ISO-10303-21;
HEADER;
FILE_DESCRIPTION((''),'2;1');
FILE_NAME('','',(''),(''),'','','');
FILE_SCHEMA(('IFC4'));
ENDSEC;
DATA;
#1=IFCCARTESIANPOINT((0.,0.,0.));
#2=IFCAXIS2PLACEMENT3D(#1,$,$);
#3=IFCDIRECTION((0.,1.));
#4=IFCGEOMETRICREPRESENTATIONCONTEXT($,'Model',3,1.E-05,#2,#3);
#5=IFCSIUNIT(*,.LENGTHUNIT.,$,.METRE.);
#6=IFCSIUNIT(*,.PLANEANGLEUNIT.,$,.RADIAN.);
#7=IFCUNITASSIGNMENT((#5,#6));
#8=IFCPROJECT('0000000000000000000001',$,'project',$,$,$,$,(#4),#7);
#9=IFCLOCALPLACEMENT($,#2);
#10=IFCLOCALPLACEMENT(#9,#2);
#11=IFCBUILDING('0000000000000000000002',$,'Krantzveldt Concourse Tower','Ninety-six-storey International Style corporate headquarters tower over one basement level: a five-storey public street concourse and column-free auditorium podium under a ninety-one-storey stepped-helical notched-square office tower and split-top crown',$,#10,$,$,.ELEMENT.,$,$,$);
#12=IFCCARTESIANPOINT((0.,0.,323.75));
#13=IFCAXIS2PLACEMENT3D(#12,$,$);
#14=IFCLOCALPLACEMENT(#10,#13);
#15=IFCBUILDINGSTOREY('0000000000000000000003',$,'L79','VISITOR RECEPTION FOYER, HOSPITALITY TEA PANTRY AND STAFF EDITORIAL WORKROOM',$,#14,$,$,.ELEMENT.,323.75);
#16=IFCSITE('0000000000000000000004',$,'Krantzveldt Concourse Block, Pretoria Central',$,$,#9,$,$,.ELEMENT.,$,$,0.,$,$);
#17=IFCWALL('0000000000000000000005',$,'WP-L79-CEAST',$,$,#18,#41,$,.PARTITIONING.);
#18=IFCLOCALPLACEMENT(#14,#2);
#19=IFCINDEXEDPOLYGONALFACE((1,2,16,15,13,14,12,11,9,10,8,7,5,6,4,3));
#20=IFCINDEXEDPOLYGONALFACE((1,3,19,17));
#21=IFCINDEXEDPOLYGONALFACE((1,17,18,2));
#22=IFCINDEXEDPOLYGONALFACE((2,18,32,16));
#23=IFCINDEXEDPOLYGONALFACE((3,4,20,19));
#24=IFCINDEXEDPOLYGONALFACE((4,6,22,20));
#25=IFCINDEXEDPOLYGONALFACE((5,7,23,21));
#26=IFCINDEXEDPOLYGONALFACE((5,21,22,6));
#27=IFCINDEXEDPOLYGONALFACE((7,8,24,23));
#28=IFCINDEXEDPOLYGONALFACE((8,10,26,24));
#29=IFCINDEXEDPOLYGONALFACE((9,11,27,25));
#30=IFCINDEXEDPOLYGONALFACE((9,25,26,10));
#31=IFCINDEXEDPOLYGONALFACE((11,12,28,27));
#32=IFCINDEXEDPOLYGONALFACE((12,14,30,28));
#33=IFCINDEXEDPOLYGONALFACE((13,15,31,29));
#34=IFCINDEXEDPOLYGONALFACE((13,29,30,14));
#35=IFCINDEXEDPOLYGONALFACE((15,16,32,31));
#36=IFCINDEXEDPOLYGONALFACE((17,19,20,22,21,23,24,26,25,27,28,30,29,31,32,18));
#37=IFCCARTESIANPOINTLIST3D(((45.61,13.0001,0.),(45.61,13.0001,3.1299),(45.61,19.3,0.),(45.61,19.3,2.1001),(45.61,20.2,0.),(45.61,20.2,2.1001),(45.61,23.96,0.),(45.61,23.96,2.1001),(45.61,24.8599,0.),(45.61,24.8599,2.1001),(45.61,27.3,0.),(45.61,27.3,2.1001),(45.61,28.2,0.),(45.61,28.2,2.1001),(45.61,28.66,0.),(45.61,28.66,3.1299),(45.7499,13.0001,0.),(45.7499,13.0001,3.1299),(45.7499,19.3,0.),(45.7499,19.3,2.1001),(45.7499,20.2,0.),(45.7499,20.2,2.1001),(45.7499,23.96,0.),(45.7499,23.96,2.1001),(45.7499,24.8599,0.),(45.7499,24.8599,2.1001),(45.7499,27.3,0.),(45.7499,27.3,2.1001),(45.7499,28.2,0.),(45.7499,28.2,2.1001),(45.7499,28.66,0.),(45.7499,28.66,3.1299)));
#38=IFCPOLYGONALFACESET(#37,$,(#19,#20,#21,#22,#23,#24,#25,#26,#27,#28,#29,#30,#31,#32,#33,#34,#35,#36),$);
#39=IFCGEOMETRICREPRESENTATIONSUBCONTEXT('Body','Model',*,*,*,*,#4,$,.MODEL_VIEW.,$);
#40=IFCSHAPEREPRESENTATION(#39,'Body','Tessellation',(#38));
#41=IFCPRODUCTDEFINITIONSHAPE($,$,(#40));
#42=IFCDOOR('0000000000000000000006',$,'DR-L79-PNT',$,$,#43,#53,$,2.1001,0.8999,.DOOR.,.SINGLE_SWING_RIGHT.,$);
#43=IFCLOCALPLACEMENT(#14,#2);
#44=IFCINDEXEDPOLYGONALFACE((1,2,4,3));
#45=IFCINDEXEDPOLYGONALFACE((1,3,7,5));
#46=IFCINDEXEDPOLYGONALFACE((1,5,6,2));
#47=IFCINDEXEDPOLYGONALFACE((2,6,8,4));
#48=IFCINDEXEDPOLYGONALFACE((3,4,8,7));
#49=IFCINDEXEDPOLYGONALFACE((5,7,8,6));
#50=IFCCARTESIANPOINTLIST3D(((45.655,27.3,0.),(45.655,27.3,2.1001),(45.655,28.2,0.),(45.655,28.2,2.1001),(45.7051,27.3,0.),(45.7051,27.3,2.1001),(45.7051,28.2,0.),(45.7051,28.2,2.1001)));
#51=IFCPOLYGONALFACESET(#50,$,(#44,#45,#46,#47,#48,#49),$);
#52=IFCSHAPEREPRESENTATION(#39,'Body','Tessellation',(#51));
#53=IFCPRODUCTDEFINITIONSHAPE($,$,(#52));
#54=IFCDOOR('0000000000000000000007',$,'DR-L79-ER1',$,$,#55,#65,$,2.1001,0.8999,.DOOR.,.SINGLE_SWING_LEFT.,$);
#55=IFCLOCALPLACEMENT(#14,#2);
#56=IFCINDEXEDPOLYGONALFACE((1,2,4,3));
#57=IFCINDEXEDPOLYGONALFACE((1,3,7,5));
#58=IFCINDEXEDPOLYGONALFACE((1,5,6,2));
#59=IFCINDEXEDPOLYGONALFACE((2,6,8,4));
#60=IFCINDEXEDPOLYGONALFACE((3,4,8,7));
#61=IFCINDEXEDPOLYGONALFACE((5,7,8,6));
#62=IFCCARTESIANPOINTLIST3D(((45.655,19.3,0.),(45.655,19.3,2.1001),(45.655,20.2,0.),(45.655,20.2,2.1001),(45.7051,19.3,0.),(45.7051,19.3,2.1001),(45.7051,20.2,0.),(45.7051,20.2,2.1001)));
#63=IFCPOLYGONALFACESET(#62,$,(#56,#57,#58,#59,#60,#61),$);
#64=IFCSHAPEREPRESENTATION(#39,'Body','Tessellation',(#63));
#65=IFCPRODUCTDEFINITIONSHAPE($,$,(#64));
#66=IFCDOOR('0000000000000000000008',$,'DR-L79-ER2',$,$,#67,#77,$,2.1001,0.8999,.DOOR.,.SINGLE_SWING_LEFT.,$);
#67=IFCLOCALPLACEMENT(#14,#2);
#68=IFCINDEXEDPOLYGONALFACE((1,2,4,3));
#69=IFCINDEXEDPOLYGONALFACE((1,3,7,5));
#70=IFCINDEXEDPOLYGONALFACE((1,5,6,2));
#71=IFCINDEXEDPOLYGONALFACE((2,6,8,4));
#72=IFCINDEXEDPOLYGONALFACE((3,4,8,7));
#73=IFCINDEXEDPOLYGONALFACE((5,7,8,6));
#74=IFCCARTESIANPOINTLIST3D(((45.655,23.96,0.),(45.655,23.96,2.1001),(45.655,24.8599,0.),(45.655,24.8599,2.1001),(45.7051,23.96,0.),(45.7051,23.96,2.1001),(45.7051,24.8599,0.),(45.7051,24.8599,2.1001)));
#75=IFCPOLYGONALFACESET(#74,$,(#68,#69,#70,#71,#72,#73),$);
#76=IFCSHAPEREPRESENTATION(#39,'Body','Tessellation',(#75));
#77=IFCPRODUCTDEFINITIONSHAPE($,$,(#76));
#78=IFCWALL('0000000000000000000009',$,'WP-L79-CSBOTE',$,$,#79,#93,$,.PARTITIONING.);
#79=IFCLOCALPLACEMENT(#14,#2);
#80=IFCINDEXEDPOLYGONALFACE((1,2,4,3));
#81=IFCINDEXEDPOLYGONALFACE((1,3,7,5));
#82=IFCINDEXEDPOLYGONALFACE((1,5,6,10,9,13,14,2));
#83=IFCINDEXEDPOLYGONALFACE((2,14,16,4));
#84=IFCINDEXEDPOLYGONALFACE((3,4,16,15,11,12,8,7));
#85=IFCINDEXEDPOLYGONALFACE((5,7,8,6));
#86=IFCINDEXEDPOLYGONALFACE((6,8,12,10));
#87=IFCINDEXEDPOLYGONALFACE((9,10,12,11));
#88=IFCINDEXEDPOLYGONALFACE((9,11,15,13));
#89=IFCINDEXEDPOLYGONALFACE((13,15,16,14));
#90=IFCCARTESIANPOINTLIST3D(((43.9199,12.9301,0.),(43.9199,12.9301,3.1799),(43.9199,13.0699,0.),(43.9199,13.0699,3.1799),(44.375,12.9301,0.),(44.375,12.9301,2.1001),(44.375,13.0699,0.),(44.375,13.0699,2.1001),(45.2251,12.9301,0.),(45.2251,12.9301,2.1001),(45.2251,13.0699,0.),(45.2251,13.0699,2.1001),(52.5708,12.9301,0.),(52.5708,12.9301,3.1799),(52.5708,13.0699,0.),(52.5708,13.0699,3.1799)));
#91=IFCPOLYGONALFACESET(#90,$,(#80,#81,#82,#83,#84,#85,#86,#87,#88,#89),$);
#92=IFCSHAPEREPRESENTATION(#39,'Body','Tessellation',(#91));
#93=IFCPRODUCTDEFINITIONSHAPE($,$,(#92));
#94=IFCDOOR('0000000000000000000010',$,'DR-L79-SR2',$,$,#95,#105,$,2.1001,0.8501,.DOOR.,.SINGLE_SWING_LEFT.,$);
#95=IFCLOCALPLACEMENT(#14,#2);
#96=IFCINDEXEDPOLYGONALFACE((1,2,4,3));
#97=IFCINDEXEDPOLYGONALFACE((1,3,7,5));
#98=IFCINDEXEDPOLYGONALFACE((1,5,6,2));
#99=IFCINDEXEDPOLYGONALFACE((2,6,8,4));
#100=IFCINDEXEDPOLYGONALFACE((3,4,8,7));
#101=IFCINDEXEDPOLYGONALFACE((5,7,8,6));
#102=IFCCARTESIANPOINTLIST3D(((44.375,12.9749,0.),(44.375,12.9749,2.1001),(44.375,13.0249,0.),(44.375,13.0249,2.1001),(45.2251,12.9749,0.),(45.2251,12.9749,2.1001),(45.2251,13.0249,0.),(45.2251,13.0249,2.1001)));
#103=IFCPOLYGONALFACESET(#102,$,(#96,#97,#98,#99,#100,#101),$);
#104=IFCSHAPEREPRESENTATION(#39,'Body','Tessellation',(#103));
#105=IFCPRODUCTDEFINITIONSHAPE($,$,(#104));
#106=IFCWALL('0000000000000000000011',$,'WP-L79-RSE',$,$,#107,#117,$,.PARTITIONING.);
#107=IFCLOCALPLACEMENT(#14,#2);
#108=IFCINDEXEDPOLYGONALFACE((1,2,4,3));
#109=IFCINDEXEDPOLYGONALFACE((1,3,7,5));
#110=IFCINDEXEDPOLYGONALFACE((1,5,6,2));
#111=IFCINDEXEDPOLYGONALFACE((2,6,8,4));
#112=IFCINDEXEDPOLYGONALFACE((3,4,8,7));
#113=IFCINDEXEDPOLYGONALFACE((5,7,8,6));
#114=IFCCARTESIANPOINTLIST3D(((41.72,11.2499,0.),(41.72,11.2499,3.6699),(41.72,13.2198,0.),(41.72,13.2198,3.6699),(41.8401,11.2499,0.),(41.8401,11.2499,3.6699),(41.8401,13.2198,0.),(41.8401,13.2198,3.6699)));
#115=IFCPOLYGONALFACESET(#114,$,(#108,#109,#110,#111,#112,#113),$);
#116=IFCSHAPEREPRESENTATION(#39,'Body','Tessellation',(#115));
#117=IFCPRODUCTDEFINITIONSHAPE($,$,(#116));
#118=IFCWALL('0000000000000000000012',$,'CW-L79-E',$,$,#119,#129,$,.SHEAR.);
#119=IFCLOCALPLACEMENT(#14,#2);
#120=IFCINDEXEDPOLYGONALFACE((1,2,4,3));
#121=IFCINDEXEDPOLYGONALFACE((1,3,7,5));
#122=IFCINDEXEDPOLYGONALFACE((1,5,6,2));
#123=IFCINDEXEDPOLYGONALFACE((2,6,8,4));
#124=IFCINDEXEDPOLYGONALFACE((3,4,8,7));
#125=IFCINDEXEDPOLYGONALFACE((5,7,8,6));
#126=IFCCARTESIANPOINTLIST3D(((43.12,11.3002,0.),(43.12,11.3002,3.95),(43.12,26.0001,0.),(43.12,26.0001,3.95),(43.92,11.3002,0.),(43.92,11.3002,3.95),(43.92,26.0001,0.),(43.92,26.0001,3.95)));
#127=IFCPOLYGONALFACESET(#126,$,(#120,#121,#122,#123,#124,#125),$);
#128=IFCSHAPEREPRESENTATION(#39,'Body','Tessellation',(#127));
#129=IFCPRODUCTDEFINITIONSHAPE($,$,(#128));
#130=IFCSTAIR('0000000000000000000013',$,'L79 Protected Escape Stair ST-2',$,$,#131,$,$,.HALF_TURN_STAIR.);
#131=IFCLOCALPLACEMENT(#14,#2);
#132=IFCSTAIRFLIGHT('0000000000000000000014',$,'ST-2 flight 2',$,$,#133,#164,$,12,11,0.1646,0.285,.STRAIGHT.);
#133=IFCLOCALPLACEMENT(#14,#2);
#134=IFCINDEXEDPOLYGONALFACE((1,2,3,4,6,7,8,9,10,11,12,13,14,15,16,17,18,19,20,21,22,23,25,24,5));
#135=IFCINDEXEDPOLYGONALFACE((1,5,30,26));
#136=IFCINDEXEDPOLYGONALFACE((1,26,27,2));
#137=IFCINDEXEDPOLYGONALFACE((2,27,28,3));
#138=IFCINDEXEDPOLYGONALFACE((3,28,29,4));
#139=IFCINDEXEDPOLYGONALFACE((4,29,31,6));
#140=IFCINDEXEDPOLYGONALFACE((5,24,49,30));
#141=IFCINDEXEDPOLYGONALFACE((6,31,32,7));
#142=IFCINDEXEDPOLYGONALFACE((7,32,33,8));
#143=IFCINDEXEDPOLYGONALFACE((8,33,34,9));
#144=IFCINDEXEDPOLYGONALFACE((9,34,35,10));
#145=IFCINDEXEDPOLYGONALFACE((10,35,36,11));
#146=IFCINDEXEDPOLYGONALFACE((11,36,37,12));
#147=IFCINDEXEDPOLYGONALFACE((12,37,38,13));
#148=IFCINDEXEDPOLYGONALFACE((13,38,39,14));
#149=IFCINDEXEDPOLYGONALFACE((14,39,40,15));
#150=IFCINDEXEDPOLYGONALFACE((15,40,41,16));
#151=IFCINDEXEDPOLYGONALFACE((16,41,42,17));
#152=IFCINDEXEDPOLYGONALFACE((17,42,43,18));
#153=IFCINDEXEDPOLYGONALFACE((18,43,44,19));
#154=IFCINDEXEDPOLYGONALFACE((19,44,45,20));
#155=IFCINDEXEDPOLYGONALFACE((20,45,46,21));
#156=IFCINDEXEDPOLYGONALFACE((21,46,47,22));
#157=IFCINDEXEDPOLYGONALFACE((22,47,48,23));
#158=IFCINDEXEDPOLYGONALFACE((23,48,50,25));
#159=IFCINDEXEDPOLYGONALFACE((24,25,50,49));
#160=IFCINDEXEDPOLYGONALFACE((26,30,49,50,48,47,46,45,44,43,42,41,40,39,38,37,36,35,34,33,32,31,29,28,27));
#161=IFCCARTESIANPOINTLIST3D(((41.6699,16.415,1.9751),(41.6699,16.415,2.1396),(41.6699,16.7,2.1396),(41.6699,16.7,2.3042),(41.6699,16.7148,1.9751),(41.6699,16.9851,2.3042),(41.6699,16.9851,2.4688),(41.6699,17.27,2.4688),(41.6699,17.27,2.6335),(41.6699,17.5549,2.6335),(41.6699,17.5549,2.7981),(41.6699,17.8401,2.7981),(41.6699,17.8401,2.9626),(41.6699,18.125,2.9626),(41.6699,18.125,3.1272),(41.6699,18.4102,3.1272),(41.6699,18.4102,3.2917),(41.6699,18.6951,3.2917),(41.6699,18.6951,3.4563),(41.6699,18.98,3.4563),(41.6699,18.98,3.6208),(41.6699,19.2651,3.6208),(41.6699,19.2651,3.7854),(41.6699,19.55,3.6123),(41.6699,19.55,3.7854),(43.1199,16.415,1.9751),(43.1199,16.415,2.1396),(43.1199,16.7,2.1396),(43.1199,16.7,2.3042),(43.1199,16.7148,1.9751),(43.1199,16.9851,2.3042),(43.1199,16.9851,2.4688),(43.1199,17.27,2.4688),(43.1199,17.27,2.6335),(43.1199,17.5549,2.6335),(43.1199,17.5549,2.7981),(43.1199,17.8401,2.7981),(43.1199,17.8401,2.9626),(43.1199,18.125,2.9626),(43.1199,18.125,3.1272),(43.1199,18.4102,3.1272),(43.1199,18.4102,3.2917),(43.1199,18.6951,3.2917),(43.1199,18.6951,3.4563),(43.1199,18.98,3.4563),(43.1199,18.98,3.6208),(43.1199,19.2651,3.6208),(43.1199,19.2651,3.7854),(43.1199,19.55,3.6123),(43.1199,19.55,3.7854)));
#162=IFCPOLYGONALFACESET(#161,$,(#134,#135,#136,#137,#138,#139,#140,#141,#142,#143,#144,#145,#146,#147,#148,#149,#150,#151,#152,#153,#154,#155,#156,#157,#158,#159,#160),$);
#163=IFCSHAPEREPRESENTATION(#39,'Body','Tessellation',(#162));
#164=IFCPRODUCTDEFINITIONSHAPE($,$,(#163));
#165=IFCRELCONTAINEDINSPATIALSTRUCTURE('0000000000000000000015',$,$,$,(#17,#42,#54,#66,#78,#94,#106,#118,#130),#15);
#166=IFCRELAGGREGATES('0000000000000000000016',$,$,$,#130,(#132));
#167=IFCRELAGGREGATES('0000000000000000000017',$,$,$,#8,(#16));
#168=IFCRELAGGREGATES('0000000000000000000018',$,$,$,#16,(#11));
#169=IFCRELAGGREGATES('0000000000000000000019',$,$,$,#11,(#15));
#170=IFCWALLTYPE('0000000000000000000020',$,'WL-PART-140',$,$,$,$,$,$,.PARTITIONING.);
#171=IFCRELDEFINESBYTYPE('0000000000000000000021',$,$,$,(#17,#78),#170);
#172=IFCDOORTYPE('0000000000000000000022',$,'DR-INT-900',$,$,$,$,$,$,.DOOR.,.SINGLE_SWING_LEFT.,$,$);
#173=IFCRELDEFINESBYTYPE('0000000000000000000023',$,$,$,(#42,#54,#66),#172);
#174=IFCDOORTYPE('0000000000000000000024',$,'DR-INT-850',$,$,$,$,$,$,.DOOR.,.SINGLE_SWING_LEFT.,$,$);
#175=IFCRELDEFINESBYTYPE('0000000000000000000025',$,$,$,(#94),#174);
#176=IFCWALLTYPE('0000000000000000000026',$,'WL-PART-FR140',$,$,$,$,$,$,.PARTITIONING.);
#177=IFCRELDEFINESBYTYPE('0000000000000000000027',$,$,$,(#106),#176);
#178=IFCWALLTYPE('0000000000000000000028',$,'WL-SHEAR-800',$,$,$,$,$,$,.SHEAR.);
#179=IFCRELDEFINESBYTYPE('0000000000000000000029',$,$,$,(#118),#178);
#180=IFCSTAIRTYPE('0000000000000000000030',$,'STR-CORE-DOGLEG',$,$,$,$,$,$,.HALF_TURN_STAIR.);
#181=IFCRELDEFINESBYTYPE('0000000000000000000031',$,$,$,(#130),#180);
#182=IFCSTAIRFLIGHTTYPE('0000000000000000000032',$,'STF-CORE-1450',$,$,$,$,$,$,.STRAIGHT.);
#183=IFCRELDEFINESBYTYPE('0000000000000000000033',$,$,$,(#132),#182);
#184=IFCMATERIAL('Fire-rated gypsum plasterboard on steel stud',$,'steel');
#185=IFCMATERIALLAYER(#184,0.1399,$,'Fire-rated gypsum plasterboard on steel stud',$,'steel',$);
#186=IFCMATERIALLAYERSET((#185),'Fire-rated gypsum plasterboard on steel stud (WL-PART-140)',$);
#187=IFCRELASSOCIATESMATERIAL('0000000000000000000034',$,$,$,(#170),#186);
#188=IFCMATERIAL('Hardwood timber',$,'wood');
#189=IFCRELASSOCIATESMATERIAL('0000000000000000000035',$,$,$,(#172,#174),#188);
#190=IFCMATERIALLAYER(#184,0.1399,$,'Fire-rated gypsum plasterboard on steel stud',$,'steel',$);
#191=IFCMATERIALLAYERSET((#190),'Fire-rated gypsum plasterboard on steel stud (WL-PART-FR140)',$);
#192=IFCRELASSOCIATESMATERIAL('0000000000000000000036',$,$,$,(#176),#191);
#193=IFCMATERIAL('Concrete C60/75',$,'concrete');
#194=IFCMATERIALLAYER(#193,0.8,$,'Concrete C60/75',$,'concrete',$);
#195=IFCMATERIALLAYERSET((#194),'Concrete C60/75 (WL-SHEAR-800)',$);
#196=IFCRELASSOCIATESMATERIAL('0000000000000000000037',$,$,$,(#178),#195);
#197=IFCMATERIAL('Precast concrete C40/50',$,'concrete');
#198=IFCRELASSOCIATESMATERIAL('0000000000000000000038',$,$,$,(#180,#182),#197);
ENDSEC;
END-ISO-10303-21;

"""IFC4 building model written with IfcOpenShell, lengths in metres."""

from ifc_helpers import new_model, si_unit, direction, frame, frame_2d, origin, place, context, subcontext, project, spatial, polyline, rectangle, outline, extrude, material, layer, layer_set, type_object, element, fill, aggregate, save


model = new_model("IFC4")

# Units and contexts
model_context = context("Model", 3, precision=1e-05, world=origin(), true_north=direction((0.0, 1.0)))
body_context = subcontext(model_context, "Body", "Model", "MODEL_VIEW")
ifc_project = project(units=[si_unit("LENGTHUNIT", "METRE"), si_unit("PLANEANGLEUNIT", "RADIAN")], contexts=[model_context])

# Site, building, storey
site_placement = place(None, origin())
site = spatial("IfcSite", under=ifc_project, at=site_placement, Name="Krantzveldt Concourse Block, Pretoria Central", CompositionType="ELEMENT", RefElevation=0.0)
building_placement = place(site_placement, origin())
building = spatial("IfcBuilding", under=site, at=building_placement, Name="Krantzveldt Concourse Tower", Description="Ninety-six-storey International Style corporate headquarters tower over one basement level: a five-storey public street concourse and column-free auditorium podium under a ninety-one-storey stepped-helical notched-square office tower and split-top crown", CompositionType="ELEMENT")
storey_placement = place(building_placement, frame((0.0, 0.0, 323.75)))
storey = spatial("IfcBuildingStorey", under=building, at=storey_placement, Name="L79", Description="VISITOR RECEPTION FOYER, HOSPITALITY TEA PANTRY AND STAFF EDITORIAL WORKROOM", CompositionType="ELEMENT", Elevation=323.75)

# Wall, openings, doors
ifc_material_1 = material(Name="Fire-rated gypsum plasterboard on steel stud", Category="steel")
ifc_layer_1 = layer(ifc_material_1, 0.1399, Name="Fire-rated gypsum plasterboard on steel stud", Category="steel")
ifc_layer_set_1 = layer_set([ifc_layer_1], Name="Fire-rated gypsum plasterboard on steel stud (WL-PART-140)")
wall_type_1 = type_object("IfcWallType", Name="WL-PART-140", PredefinedType="PARTITIONING", material=ifc_layer_set_1)
wall_1_placement = place(storey_placement, frame((45.6799, 13.0, 0.0), z_axis=(0.0, 0.0, 1.0), x_axis=(0.0, 1.0, 0.0)))
wall_1 = element("IfcWall", 1, at=wall_1_placement, inside=storey, type_object=wall_type_1, Name="WP-L79-CEAST", PredefinedType="PARTITIONING", context=body_context, shape_type="SweptSolid", body=[
    extrude(rectangle(XDim=15.6599, YDim=0.1399, at=frame_2d((7.8301, 0.0))), origin(), (0.0, 0.0, 1.0), 3.1299),
])
opening_1_placement = place(wall_1_placement, frame((14.3, 0.0, 0.0)))
opening_1 = element("IfcOpeningElement", 2, at=opening_1_placement, cuts=wall_1, PredefinedType="OPENING", context=body_context, shape_type="SweptSolid", body=[
    extrude(rectangle(XDim=0.8999, YDim=2.1001, at=frame_2d((0.45, 1.05))), frame((0.0, 0.0801, 0.0), z_axis=(0.0, -1.0, 0.0), x_axis=(1.0, 0.0, 0.0)), (0.0, 0.0, 1.0), 0.1599),
])
opening_2_placement = place(wall_1_placement, frame((6.3, 0.0, 0.0)))
opening_2 = element("IfcOpeningElement", 3, at=opening_2_placement, cuts=wall_1, PredefinedType="OPENING", context=body_context, shape_type="SweptSolid", body=[
    extrude(rectangle(XDim=0.8999, YDim=2.1001, at=frame_2d((0.45, 1.05))), frame((0.0, 0.0801, 0.0), z_axis=(0.0, -1.0, 0.0), x_axis=(1.0, 0.0, 0.0)), (0.0, 0.0, 1.0), 0.1599),
])
opening_3_placement = place(wall_1_placement, frame((10.96, 0.0, 0.0)))
opening_3 = element("IfcOpeningElement", 4, at=opening_3_placement, cuts=wall_1, PredefinedType="OPENING", context=body_context, shape_type="SweptSolid", body=[
    extrude(rectangle(XDim=0.8999, YDim=2.1001, at=frame_2d((0.45, 1.05))), frame((0.0, 0.0801, 0.0), z_axis=(0.0, -1.0, 0.0), x_axis=(1.0, 0.0, 0.0)), (0.0, 0.0, 1.0), 0.1599),
])
ifc_material_2 = material(Name="Hardwood timber", Category="wood")
door_type_1 = type_object("IfcDoorType", Name="DR-INT-900", OperationType="SINGLE_SWING_LEFT", PredefinedType="DOOR", material=ifc_material_2)
door_1_placement = place(opening_1_placement, origin())
door_1 = element("IfcDoor", 5, at=door_1_placement, inside=storey, type_object=door_type_1, Name="DR-L79-PNT", OperationType="SINGLE_SWING_RIGHT", OverallHeight=2.1001, OverallWidth=0.8999, PredefinedType="DOOR", context=body_context, shape_type="SweptSolid", body=[
    extrude(rectangle(XDim=0.8999, YDim=2.1001, at=frame_2d((0.45, 1.05))), frame((0.0, 0.0249, 0.0), z_axis=(0.0, -1.0, 0.0), x_axis=(1.0, 0.0, 0.0)), (0.0, 0.0, 1.0), 0.05),
])
fill(opening_1, door_1)
door_2_placement = place(opening_2_placement, origin())
door_2 = element("IfcDoor", 6, at=door_2_placement, inside=storey, type_object=door_type_1, Name="DR-L79-ER1", OperationType="SINGLE_SWING_LEFT", OverallHeight=2.1001, OverallWidth=0.8999, PredefinedType="DOOR", context=body_context, shape_type="SweptSolid", body=[
    extrude(rectangle(XDim=0.8999, YDim=2.1001, at=frame_2d((0.45, 1.05))), frame((0.0, 0.0249, 0.0), z_axis=(0.0, -1.0, 0.0), x_axis=(1.0, 0.0, 0.0)), (0.0, 0.0, 1.0), 0.05),
])
fill(opening_2, door_2)
door_3_placement = place(opening_3_placement, origin())
door_3 = element("IfcDoor", 7, at=door_3_placement, inside=storey, type_object=door_type_1, Name="DR-L79-ER2", OperationType="SINGLE_SWING_LEFT", OverallHeight=2.1001, OverallWidth=0.8999, PredefinedType="DOOR", context=body_context, shape_type="SweptSolid", body=[
    extrude(rectangle(XDim=0.8999, YDim=2.1001, at=frame_2d((0.45, 1.05))), frame((0.0, 0.0249, 0.0), z_axis=(0.0, -1.0, 0.0), x_axis=(1.0, 0.0, 0.0)), (0.0, 0.0, 1.0), 0.05),
])
fill(opening_3, door_3)

# Wall, opening, door
wall_2_placement = place(storey_placement, frame((43.9199, 13.0, 0.0), z_axis=(0.0, 0.0, 1.0), x_axis=(1.0, 0.0, 0.0)))
wall_2 = element("IfcWall", 8, at=wall_2_placement, inside=storey, type_object=wall_type_1, Name="WP-L79-CSBOTE", PredefinedType="PARTITIONING", context=body_context, shape_type="SweptSolid", body=[
    extrude(rectangle(XDim=8.6509, YDim=0.1399, at=frame_2d((4.3254, 0.0))), origin(), (0.0, 0.0, 1.0), 3.1799),
])
opening_4_placement = place(wall_2_placement, frame((0.4551, 0.0, 0.0)))
opening_4 = element("IfcOpeningElement", 9, at=opening_4_placement, cuts=wall_2, PredefinedType="OPENING", context=body_context, shape_type="SweptSolid", body=[
    extrude(rectangle(XDim=0.8501, YDim=2.1001, at=frame_2d((0.425, 1.05))), frame((0.0, 0.0801, 0.0), z_axis=(0.0, -1.0, 0.0), x_axis=(1.0, 0.0, 0.0)), (0.0, 0.0, 1.0), 0.1599),
])
door_type_2 = type_object("IfcDoorType", Name="DR-INT-850", OperationType="SINGLE_SWING_LEFT", PredefinedType="DOOR", material=ifc_material_2)
door_4_placement = place(opening_4_placement, origin())
door_4 = element("IfcDoor", 10, at=door_4_placement, inside=storey, type_object=door_type_2, Name="DR-L79-SR2", OperationType="SINGLE_SWING_LEFT", OverallHeight=2.1001, OverallWidth=0.8501, PredefinedType="DOOR", context=body_context, shape_type="SweptSolid", body=[
    extrude(rectangle(XDim=0.8501, YDim=2.1001, at=frame_2d((0.425, 1.05))), frame((0.0, 0.0249, 0.0), z_axis=(0.0, -1.0, 0.0), x_axis=(1.0, 0.0, 0.0)), (0.0, 0.0, 1.0), 0.05),
])
fill(opening_4, door_4)

# Walls
ifc_layer_2 = layer(ifc_material_1, 0.1399, Name="Fire-rated gypsum plasterboard on steel stud", Category="steel")
ifc_layer_set_2 = layer_set([ifc_layer_2], Name="Fire-rated gypsum plasterboard on steel stud (WL-PART-FR140)")
wall_type_2 = type_object("IfcWallType", Name="WL-PART-FR140", PredefinedType="PARTITIONING", material=ifc_layer_set_2)
wall_3_placement = place(storey_placement, frame((41.78, 11.25, 0.0), z_axis=(0.0, 0.0, 1.0), x_axis=(0.0, 1.0, 0.0)))
element("IfcWall", 11, at=wall_3_placement, inside=storey, type_object=wall_type_2, Name="WP-L79-RSE", PredefinedType="PARTITIONING", context=body_context, shape_type="SweptSolid", body=[
    extrude(rectangle(XDim=1.97, YDim=0.1201, at=frame_2d((0.9849, 0.0))), origin(), (0.0, 0.0, 1.0), 3.6699),
])
ifc_material_3 = material(Name="Concrete C60/75", Category="concrete")
ifc_layer_3 = layer(ifc_material_3, 0.8, Name="Concrete C60/75", Category="concrete")
ifc_layer_set_3 = layer_set([ifc_layer_3], Name="Concrete C60/75 (WL-SHEAR-800)")
wall_type_3 = type_object("IfcWallType", Name="WL-SHEAR-800", PredefinedType="SHEAR", material=ifc_layer_set_3)
wall_4_placement = place(storey_placement, frame((43.52, 11.3, 0.0), z_axis=(0.0, 0.0, 1.0), x_axis=(0.0, 1.0, 0.0)))
element("IfcWall", 12, at=wall_4_placement, inside=storey, type_object=wall_type_3, Name="CW-L79-E", PredefinedType="SHEAR", context=body_context, shape_type="SweptSolid", body=[
    extrude(rectangle(XDim=14.7, YDim=0.8, at=frame_2d((7.3501, 0.0))), origin(), (0.0, 0.0, 1.0), 3.95),
])

# Stair, stair flight
ifc_material_4 = material(Name="Precast concrete C40/50", Category="concrete")
stair_type = type_object("IfcStairType", Name="STR-CORE-DOGLEG", PredefinedType="HALF_TURN_STAIR", material=ifc_material_4)
stair_placement = place(storey_placement, origin())
stair = element("IfcStair", 13, at=stair_placement, inside=storey, type_object=stair_type, Name="L79 Protected Escape Stair ST-2", PredefinedType="HALF_TURN_STAIR")
stair_flight_type = type_object("IfcStairFlightType", Name="STF-CORE-1450", PredefinedType="STRAIGHT", material=ifc_material_4)
stair_flight_placement = place(storey_placement, frame((42.395, 16.415, 1.9751), z_axis=(0.0, 0.0, 1.0), x_axis=(0.0, 1.0, 0.0)))
stair_flight = element("IfcStairFlight", 14, at=stair_flight_placement, type_object=stair_flight_type, Name="ST-2 flight 2", NumberOfRisers=12, NumberOfTreads=11, PredefinedType="STRAIGHT", RiserHeight=0.1646, TreadLength=0.285, context=body_context, shape_type="SweptSolid", body=[
    extrude(outline(polyline([(0.0, 0.0), (0.0, 0.1646), (0.2849, 0.1646), (0.2849, 0.3291), (0.5701, 0.3291), (0.5701, 0.4937), (0.855, 0.4937), (0.855, 0.6584), (1.1399, 0.6584), (1.1399, 0.823), (1.425, 0.823), (1.425, 0.9875), (1.71, 0.9875), (1.71, 1.1521), (1.9951, 1.1521), (1.9951, 1.3167), (2.28, 1.3167), (2.28, 1.4812), (2.5649, 1.4812), (2.5649, 1.6458), (2.8501, 1.6458), (2.8501, 1.8103), (3.135, 1.8103), (3.135, 1.9751), (3.135, 1.6372), (0.2998, 0.0), (0.0, 0.0)])), frame((0.0, 0.7251, 0.0), z_axis=(0.0, -1.0, 0.0), x_axis=(1.0, 0.0, 0.0)), (0.0, 0.0, 1.0), 1.45),
])
aggregate(stair, [stair_flight])

save(model, "model.ifc")
